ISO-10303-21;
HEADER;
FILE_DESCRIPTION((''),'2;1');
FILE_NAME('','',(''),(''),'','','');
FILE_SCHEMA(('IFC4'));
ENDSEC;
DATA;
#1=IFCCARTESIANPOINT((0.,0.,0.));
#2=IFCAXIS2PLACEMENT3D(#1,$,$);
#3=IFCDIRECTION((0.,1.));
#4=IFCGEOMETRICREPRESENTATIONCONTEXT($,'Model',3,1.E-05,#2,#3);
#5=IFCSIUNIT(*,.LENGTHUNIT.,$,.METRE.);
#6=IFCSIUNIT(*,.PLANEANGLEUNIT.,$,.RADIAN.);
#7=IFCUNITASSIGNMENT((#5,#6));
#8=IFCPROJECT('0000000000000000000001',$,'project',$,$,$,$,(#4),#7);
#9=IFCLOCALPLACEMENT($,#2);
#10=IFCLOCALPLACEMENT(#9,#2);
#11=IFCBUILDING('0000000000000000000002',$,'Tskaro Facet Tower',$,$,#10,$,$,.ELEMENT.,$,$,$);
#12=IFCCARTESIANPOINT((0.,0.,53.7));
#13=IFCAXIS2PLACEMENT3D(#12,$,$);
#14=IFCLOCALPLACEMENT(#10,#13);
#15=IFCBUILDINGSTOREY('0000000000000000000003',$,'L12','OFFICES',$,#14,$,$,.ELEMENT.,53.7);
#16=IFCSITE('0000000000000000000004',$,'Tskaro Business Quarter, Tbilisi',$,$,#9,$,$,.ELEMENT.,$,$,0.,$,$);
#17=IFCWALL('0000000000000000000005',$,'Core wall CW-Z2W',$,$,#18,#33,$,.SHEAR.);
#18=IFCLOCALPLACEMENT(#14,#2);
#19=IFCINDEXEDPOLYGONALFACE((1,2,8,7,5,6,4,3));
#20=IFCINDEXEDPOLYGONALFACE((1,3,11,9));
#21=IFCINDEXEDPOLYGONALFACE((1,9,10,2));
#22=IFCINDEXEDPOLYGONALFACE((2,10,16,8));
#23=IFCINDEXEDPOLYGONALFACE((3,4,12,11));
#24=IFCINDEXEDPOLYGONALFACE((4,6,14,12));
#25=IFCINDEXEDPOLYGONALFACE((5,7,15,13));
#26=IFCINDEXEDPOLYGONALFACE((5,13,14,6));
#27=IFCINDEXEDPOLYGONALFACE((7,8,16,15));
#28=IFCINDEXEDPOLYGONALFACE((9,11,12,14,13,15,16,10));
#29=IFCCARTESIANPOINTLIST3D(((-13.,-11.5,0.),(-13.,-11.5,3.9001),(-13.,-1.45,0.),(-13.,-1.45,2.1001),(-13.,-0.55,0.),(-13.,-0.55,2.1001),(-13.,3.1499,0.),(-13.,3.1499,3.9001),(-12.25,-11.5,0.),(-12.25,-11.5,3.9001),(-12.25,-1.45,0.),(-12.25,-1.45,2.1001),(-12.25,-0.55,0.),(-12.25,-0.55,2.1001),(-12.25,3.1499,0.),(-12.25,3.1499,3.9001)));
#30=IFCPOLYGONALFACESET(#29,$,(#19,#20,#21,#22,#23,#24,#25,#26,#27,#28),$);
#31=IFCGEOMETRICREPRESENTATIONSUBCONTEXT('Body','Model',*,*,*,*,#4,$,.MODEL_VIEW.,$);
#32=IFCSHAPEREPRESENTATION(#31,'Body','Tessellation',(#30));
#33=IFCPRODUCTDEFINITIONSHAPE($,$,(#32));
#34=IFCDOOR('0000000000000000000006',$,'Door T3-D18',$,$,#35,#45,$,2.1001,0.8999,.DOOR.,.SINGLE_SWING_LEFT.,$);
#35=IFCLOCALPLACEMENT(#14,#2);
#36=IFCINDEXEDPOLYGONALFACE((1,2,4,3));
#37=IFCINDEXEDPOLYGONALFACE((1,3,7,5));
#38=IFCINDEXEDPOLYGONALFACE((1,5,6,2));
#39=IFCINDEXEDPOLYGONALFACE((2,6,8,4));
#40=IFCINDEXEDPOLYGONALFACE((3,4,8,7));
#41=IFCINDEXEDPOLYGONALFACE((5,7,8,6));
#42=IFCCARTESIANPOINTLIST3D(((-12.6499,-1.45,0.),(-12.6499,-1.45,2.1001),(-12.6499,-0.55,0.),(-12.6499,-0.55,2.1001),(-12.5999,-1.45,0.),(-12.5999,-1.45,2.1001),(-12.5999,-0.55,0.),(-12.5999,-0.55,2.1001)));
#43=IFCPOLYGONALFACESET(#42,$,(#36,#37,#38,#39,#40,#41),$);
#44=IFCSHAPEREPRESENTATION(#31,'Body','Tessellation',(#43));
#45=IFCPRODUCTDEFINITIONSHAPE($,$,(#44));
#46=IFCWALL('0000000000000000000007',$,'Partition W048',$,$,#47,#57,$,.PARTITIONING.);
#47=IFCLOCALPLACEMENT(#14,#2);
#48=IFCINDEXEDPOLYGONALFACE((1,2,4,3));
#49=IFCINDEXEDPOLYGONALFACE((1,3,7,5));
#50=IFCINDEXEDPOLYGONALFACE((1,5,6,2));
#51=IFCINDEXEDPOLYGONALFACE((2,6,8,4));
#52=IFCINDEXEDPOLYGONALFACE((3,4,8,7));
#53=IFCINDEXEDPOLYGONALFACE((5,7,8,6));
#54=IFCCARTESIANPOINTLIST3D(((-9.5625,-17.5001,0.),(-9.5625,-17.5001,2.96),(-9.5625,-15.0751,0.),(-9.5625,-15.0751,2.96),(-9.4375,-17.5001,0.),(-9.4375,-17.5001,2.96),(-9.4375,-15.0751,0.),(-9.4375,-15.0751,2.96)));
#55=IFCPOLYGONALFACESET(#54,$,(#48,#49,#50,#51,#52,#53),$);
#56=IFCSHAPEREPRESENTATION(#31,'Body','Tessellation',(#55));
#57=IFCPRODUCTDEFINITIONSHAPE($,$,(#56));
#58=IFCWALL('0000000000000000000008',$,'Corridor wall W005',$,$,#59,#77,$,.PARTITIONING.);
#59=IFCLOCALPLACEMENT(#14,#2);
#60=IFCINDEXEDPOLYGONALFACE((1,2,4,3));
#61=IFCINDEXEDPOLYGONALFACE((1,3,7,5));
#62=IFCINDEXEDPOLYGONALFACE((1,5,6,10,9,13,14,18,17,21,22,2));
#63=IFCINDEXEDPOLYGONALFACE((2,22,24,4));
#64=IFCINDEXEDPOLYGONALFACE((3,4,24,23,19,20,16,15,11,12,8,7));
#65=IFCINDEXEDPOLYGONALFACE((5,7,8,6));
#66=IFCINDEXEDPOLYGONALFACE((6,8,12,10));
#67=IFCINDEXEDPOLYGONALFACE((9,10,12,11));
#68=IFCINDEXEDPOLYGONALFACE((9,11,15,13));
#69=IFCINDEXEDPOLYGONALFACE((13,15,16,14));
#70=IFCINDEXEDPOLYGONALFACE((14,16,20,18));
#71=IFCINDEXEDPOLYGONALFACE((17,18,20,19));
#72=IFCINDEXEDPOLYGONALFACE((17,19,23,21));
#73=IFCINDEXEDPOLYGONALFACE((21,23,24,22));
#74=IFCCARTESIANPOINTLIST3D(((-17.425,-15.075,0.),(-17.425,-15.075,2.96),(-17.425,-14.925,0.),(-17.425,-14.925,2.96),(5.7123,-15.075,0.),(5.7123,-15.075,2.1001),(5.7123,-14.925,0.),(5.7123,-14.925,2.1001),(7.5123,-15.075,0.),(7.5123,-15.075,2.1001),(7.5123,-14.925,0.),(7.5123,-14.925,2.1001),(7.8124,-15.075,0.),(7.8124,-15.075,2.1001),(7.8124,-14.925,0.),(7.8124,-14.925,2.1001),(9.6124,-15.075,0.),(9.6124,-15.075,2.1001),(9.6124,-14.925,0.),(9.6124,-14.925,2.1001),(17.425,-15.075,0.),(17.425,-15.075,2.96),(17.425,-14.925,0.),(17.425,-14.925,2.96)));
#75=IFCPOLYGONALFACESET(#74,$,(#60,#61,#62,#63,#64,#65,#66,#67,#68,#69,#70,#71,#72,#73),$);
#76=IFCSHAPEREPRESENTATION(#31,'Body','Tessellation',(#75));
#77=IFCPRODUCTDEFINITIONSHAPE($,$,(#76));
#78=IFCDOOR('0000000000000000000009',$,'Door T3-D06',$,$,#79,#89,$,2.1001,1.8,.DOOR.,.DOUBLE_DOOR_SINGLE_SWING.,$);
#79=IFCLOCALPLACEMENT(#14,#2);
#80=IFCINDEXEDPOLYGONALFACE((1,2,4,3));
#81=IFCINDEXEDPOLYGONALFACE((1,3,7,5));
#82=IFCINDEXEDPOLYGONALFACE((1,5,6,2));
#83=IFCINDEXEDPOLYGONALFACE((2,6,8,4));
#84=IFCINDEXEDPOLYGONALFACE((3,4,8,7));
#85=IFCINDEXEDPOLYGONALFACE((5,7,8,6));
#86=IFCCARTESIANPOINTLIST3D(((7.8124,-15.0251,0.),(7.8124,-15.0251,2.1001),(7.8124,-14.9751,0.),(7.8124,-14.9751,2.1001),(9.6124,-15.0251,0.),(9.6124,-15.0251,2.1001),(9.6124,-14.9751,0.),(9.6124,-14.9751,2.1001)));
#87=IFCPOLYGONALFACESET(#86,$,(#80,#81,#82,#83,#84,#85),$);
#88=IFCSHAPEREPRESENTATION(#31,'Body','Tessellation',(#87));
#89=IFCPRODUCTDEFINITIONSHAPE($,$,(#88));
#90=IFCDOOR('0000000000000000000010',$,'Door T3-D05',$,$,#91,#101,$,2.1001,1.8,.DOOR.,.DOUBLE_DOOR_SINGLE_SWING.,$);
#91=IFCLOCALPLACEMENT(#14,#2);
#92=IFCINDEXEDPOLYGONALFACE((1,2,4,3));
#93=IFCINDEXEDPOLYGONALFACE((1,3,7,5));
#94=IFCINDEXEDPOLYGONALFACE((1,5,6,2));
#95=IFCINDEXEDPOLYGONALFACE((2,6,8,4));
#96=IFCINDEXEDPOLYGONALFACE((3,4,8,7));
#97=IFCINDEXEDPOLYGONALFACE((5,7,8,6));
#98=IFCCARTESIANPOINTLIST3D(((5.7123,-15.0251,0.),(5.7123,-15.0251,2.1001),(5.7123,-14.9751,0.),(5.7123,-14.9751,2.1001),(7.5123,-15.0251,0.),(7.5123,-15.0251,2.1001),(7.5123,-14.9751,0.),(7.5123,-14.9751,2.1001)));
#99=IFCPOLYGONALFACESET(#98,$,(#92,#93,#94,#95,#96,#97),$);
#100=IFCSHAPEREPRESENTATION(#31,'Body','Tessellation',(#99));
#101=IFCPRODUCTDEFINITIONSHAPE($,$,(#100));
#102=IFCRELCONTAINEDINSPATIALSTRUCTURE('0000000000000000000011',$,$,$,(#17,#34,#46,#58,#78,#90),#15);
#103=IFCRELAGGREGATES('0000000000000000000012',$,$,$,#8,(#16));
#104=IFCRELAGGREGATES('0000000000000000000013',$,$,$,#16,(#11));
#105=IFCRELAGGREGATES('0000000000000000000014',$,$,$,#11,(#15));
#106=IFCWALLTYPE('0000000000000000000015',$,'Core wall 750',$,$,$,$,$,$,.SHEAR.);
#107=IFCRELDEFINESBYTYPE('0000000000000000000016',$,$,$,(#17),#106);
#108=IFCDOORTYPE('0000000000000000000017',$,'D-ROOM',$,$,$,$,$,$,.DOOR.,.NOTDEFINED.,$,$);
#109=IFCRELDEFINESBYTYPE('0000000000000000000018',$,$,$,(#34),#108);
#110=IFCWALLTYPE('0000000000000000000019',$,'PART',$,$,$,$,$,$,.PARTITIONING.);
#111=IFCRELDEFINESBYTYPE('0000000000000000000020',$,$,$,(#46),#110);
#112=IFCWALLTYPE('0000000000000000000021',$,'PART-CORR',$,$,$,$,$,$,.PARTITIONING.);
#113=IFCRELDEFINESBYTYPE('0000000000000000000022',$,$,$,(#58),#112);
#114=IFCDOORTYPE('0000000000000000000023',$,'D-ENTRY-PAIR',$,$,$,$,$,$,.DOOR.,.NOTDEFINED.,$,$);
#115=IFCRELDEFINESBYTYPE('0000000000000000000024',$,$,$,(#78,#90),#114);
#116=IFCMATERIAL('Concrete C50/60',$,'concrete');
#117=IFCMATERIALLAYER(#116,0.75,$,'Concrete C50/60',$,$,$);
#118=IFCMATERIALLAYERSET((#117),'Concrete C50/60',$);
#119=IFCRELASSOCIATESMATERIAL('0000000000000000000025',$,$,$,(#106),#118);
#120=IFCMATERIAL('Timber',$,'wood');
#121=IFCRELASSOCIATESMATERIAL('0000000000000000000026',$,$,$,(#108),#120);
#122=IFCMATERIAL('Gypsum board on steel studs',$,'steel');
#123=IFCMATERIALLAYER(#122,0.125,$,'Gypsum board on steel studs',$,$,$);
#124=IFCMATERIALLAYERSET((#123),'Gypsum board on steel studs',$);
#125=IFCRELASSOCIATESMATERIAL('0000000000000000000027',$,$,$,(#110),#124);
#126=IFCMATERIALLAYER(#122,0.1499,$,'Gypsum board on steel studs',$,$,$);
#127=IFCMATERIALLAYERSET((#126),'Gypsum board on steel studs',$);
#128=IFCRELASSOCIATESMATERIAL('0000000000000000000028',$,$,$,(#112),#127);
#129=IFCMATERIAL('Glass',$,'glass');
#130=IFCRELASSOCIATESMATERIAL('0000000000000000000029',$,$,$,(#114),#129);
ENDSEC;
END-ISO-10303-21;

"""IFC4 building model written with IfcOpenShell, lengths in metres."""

from ifc_helpers import new_model, si_unit, direction, frame, frame_2d, origin, place, context, subcontext, project, spatial, rectangle, extrude, material, layer, layer_set, type_object, element, fill, save


model = new_model("IFC4")

# Units and contexts
model_context = context("Model", 3, precision=1e-05, world=origin(), true_north=direction((0.0, 1.0)))
body_context = subcontext(model_context, "Body", "Model", "MODEL_VIEW")
ifc_project = project(units=[si_unit("LENGTHUNIT", "METRE"), si_unit("PLANEANGLEUNIT", "RADIAN")], contexts=[model_context])

# Site, building, storey
site_placement = place(None, origin())
site = spatial("IfcSite", under=ifc_project, at=site_placement, Name="Tskaro Business Quarter, Tbilisi", CompositionType="ELEMENT", RefElevation=0.0)
building_placement = place(site_placement, origin())
building = spatial("IfcBuilding", under=site, at=building_placement, Name="Tskaro Facet Tower", CompositionType="ELEMENT")
storey_placement = place(building_placement, frame((0.0, 0.0, 53.7)))
storey = spatial("IfcBuildingStorey", under=building, at=storey_placement, Name="L12", Description="OFFICES", CompositionType="ELEMENT", Elevation=53.7)

# Wall, opening, door
ifc_material_1 = material(Name="Concrete C50/60", Category="concrete")
ifc_layer_1 = layer(ifc_material_1, 0.75, Name="Concrete C50/60")
ifc_layer_set_1 = layer_set([ifc_layer_1], Name="Concrete C50/60")
wall_type_1 = type_object("IfcWallType", Name="Core wall 750", PredefinedType="SHEAR", material=ifc_layer_set_1)
wall_1_placement = place(storey_placement, frame((-12.625, -11.5, 0.0), z_axis=(0.0, 0.0, 1.0), x_axis=(0.0, 1.0, 0.0)))
wall_1 = element("IfcWall", 1, at=wall_1_placement, inside=storey, type_object=wall_type_1, Name="Core wall CW-Z2W", PredefinedType="SHEAR", context=body_context, shape_type="SweptSolid", body=[
    extrude(rectangle(XDim=14.6499, YDim=0.75, at=frame_2d((7.325, 0.0))), origin(), (0.0, 0.0, 1.0), 3.9001),
])
opening_1_placement = place(wall_1_placement, frame((10.05, 0.0, 0.0)))
opening_1 = element("IfcOpeningElement", 2, at=opening_1_placement, cuts=wall_1, PredefinedType="OPENING", context=body_context, shape_type="SweptSolid", body=[
    extrude(rectangle(XDim=0.8999, YDim=2.1001, at=frame_2d((0.45, 1.05))), frame((0.0, 0.385, 0.0), z_axis=(0.0, -1.0, 0.0), x_axis=(1.0, 0.0, 0.0)), (0.0, 0.0, 1.0), 0.77),
])
ifc_material_2 = material(Name="Timber", Category="wood")
door_type_1 = type_object("IfcDoorType", Name="D-ROOM", OperationType="NOTDEFINED", PredefinedType="DOOR", material=ifc_material_2)
door_1_placement = place(opening_1_placement, origin())
door_1 = element("IfcDoor", 3, at=door_1_placement, inside=storey, type_object=door_type_1, Name="Door T3-D18", OperationType="SINGLE_SWING_LEFT", OverallHeight=2.1001, OverallWidth=0.8999, PredefinedType="DOOR", context=body_context, shape_type="SweptSolid", body=[
    extrude(rectangle(XDim=0.8999, YDim=2.1001, at=frame_2d((0.45, 1.05))), frame((0.0, 0.0249, 0.0), z_axis=(0.0, -1.0, 0.0), x_axis=(1.0, 0.0, 0.0)), (0.0, 0.0, 1.0), 0.05),
])
fill(opening_1, door_1)

# Wall
ifc_material_3 = material(Name="Gypsum board on steel studs", Category="steel")
ifc_layer_2 = layer(ifc_material_3, 0.125, Name="Gypsum board on steel studs")
ifc_layer_set_2 = layer_set([ifc_layer_2], Name="Gypsum board on steel studs")
wall_type_2 = type_object("IfcWallType", Name="PART", PredefinedType="PARTITIONING", material=ifc_layer_set_2)
wall_2_placement = place(storey_placement, frame((-9.5, -17.5, 0.0), z_axis=(0.0, 0.0, 1.0), x_axis=(0.0, 1.0, 0.0)))
element("IfcWall", 4, at=wall_2_placement, inside=storey, type_object=wall_type_2, Name="Partition W048", PredefinedType="PARTITIONING", context=body_context, shape_type="SweptSolid", body=[
    extrude(rectangle(XDim=2.425, YDim=0.125, at=frame_2d((1.2124, 0.0))), origin(), (0.0, 0.0, 1.0), 2.96),
])

# Wall, openings, doors
ifc_layer_3 = layer(ifc_material_3, 0.1499, Name="Gypsum board on steel studs")
ifc_layer_set_3 = layer_set([ifc_layer_3], Name="Gypsum board on steel studs")
wall_type_3 = type_object("IfcWallType", Name="PART-CORR", PredefinedType="PARTITIONING", material=ifc_layer_set_3)
wall_3_placement = place(storey_placement, frame((-17.425, -15.0, 0.0), z_axis=(0.0, 0.0, 1.0), x_axis=(1.0, 0.0, 0.0)))
wall_3 = element("IfcWall", 5, at=wall_3_placement, inside=storey, type_object=wall_type_3, Name="Corridor wall W005", PredefinedType="PARTITIONING", context=body_context, shape_type="SweptSolid", body=[
    extrude(rectangle(XDim=34.8501, YDim=0.1499, at=frame_2d((17.425, 0.0))), origin(), (0.0, 0.0, 1.0), 2.96),
])
opening_2_placement = place(wall_3_placement, frame((25.2375, 0.0, 0.0)))
opening_2 = element("IfcOpeningElement", 6, at=opening_2_placement, cuts=wall_3, PredefinedType="OPENING", context=body_context, shape_type="SweptSolid", body=[
    extrude(rectangle(XDim=1.8, YDim=2.1001, at=frame_2d((0.8999, 1.05))), frame((0.0, 0.085, 0.0), z_axis=(0.0, -1.0, 0.0), x_axis=(1.0, 0.0, 0.0)), (0.0, 0.0, 1.0), 0.1699),
])
opening_3_placement = place(wall_3_placement, frame((23.1375, 0.0, 0.0)))
opening_3 = element("IfcOpeningElement", 7, at=opening_3_placement, cuts=wall_3, PredefinedType="OPENING", context=body_context, shape_type="SweptSolid", body=[
    extrude(rectangle(XDim=1.8, YDim=2.1001, at=frame_2d((0.8999, 1.05))), frame((0.0, 0.085, 0.0), z_axis=(0.0, -1.0, 0.0), x_axis=(1.0, 0.0, 0.0)), (0.0, 0.0, 1.0), 0.1699),
])
ifc_material_4 = material(Name="Glass", Category="glass")
door_type_2 = type_object("IfcDoorType", Name="D-ENTRY-PAIR", OperationType="NOTDEFINED", PredefinedType="DOOR", material=ifc_material_4)
door_2_placement = place(opening_2_placement, origin())
door_2 = element("IfcDoor", 8, at=door_2_placement, inside=storey, type_object=door_type_2, Name="Door T3-D06", OperationType="DOUBLE_DOOR_SINGLE_SWING", OverallHeight=2.1001, OverallWidth=1.8, PredefinedType="DOOR", context=body_context, shape_type="SweptSolid", body=[
    extrude(rectangle(XDim=1.8, YDim=2.1001, at=frame_2d((0.8999, 1.05))), frame((0.0, 0.0249, 0.0), z_axis=(0.0, -1.0, 0.0), x_axis=(1.0, 0.0, 0.0)), (0.0, 0.0, 1.0), 0.05),
])
fill(opening_2, door_2)
door_3_placement = place(opening_3_placement, origin())
door_3 = element("IfcDoor", 9, at=door_3_placement, inside=storey, type_object=door_type_2, Name="Door T3-D05", OperationType="DOUBLE_DOOR_SINGLE_SWING", OverallHeight=2.1001, OverallWidth=1.8, PredefinedType="DOOR", context=body_context, shape_type="SweptSolid", body=[
    extrude(rectangle(XDim=1.8, YDim=2.1001, at=frame_2d((0.8999, 1.05))), frame((0.0, 0.0249, 0.0), z_axis=(0.0, -1.0, 0.0), x_axis=(1.0, 0.0, 0.0)), (0.0, 0.0, 1.0), 0.05),
])
fill(opening_3, door_3)

save(model, "model.ifc")
